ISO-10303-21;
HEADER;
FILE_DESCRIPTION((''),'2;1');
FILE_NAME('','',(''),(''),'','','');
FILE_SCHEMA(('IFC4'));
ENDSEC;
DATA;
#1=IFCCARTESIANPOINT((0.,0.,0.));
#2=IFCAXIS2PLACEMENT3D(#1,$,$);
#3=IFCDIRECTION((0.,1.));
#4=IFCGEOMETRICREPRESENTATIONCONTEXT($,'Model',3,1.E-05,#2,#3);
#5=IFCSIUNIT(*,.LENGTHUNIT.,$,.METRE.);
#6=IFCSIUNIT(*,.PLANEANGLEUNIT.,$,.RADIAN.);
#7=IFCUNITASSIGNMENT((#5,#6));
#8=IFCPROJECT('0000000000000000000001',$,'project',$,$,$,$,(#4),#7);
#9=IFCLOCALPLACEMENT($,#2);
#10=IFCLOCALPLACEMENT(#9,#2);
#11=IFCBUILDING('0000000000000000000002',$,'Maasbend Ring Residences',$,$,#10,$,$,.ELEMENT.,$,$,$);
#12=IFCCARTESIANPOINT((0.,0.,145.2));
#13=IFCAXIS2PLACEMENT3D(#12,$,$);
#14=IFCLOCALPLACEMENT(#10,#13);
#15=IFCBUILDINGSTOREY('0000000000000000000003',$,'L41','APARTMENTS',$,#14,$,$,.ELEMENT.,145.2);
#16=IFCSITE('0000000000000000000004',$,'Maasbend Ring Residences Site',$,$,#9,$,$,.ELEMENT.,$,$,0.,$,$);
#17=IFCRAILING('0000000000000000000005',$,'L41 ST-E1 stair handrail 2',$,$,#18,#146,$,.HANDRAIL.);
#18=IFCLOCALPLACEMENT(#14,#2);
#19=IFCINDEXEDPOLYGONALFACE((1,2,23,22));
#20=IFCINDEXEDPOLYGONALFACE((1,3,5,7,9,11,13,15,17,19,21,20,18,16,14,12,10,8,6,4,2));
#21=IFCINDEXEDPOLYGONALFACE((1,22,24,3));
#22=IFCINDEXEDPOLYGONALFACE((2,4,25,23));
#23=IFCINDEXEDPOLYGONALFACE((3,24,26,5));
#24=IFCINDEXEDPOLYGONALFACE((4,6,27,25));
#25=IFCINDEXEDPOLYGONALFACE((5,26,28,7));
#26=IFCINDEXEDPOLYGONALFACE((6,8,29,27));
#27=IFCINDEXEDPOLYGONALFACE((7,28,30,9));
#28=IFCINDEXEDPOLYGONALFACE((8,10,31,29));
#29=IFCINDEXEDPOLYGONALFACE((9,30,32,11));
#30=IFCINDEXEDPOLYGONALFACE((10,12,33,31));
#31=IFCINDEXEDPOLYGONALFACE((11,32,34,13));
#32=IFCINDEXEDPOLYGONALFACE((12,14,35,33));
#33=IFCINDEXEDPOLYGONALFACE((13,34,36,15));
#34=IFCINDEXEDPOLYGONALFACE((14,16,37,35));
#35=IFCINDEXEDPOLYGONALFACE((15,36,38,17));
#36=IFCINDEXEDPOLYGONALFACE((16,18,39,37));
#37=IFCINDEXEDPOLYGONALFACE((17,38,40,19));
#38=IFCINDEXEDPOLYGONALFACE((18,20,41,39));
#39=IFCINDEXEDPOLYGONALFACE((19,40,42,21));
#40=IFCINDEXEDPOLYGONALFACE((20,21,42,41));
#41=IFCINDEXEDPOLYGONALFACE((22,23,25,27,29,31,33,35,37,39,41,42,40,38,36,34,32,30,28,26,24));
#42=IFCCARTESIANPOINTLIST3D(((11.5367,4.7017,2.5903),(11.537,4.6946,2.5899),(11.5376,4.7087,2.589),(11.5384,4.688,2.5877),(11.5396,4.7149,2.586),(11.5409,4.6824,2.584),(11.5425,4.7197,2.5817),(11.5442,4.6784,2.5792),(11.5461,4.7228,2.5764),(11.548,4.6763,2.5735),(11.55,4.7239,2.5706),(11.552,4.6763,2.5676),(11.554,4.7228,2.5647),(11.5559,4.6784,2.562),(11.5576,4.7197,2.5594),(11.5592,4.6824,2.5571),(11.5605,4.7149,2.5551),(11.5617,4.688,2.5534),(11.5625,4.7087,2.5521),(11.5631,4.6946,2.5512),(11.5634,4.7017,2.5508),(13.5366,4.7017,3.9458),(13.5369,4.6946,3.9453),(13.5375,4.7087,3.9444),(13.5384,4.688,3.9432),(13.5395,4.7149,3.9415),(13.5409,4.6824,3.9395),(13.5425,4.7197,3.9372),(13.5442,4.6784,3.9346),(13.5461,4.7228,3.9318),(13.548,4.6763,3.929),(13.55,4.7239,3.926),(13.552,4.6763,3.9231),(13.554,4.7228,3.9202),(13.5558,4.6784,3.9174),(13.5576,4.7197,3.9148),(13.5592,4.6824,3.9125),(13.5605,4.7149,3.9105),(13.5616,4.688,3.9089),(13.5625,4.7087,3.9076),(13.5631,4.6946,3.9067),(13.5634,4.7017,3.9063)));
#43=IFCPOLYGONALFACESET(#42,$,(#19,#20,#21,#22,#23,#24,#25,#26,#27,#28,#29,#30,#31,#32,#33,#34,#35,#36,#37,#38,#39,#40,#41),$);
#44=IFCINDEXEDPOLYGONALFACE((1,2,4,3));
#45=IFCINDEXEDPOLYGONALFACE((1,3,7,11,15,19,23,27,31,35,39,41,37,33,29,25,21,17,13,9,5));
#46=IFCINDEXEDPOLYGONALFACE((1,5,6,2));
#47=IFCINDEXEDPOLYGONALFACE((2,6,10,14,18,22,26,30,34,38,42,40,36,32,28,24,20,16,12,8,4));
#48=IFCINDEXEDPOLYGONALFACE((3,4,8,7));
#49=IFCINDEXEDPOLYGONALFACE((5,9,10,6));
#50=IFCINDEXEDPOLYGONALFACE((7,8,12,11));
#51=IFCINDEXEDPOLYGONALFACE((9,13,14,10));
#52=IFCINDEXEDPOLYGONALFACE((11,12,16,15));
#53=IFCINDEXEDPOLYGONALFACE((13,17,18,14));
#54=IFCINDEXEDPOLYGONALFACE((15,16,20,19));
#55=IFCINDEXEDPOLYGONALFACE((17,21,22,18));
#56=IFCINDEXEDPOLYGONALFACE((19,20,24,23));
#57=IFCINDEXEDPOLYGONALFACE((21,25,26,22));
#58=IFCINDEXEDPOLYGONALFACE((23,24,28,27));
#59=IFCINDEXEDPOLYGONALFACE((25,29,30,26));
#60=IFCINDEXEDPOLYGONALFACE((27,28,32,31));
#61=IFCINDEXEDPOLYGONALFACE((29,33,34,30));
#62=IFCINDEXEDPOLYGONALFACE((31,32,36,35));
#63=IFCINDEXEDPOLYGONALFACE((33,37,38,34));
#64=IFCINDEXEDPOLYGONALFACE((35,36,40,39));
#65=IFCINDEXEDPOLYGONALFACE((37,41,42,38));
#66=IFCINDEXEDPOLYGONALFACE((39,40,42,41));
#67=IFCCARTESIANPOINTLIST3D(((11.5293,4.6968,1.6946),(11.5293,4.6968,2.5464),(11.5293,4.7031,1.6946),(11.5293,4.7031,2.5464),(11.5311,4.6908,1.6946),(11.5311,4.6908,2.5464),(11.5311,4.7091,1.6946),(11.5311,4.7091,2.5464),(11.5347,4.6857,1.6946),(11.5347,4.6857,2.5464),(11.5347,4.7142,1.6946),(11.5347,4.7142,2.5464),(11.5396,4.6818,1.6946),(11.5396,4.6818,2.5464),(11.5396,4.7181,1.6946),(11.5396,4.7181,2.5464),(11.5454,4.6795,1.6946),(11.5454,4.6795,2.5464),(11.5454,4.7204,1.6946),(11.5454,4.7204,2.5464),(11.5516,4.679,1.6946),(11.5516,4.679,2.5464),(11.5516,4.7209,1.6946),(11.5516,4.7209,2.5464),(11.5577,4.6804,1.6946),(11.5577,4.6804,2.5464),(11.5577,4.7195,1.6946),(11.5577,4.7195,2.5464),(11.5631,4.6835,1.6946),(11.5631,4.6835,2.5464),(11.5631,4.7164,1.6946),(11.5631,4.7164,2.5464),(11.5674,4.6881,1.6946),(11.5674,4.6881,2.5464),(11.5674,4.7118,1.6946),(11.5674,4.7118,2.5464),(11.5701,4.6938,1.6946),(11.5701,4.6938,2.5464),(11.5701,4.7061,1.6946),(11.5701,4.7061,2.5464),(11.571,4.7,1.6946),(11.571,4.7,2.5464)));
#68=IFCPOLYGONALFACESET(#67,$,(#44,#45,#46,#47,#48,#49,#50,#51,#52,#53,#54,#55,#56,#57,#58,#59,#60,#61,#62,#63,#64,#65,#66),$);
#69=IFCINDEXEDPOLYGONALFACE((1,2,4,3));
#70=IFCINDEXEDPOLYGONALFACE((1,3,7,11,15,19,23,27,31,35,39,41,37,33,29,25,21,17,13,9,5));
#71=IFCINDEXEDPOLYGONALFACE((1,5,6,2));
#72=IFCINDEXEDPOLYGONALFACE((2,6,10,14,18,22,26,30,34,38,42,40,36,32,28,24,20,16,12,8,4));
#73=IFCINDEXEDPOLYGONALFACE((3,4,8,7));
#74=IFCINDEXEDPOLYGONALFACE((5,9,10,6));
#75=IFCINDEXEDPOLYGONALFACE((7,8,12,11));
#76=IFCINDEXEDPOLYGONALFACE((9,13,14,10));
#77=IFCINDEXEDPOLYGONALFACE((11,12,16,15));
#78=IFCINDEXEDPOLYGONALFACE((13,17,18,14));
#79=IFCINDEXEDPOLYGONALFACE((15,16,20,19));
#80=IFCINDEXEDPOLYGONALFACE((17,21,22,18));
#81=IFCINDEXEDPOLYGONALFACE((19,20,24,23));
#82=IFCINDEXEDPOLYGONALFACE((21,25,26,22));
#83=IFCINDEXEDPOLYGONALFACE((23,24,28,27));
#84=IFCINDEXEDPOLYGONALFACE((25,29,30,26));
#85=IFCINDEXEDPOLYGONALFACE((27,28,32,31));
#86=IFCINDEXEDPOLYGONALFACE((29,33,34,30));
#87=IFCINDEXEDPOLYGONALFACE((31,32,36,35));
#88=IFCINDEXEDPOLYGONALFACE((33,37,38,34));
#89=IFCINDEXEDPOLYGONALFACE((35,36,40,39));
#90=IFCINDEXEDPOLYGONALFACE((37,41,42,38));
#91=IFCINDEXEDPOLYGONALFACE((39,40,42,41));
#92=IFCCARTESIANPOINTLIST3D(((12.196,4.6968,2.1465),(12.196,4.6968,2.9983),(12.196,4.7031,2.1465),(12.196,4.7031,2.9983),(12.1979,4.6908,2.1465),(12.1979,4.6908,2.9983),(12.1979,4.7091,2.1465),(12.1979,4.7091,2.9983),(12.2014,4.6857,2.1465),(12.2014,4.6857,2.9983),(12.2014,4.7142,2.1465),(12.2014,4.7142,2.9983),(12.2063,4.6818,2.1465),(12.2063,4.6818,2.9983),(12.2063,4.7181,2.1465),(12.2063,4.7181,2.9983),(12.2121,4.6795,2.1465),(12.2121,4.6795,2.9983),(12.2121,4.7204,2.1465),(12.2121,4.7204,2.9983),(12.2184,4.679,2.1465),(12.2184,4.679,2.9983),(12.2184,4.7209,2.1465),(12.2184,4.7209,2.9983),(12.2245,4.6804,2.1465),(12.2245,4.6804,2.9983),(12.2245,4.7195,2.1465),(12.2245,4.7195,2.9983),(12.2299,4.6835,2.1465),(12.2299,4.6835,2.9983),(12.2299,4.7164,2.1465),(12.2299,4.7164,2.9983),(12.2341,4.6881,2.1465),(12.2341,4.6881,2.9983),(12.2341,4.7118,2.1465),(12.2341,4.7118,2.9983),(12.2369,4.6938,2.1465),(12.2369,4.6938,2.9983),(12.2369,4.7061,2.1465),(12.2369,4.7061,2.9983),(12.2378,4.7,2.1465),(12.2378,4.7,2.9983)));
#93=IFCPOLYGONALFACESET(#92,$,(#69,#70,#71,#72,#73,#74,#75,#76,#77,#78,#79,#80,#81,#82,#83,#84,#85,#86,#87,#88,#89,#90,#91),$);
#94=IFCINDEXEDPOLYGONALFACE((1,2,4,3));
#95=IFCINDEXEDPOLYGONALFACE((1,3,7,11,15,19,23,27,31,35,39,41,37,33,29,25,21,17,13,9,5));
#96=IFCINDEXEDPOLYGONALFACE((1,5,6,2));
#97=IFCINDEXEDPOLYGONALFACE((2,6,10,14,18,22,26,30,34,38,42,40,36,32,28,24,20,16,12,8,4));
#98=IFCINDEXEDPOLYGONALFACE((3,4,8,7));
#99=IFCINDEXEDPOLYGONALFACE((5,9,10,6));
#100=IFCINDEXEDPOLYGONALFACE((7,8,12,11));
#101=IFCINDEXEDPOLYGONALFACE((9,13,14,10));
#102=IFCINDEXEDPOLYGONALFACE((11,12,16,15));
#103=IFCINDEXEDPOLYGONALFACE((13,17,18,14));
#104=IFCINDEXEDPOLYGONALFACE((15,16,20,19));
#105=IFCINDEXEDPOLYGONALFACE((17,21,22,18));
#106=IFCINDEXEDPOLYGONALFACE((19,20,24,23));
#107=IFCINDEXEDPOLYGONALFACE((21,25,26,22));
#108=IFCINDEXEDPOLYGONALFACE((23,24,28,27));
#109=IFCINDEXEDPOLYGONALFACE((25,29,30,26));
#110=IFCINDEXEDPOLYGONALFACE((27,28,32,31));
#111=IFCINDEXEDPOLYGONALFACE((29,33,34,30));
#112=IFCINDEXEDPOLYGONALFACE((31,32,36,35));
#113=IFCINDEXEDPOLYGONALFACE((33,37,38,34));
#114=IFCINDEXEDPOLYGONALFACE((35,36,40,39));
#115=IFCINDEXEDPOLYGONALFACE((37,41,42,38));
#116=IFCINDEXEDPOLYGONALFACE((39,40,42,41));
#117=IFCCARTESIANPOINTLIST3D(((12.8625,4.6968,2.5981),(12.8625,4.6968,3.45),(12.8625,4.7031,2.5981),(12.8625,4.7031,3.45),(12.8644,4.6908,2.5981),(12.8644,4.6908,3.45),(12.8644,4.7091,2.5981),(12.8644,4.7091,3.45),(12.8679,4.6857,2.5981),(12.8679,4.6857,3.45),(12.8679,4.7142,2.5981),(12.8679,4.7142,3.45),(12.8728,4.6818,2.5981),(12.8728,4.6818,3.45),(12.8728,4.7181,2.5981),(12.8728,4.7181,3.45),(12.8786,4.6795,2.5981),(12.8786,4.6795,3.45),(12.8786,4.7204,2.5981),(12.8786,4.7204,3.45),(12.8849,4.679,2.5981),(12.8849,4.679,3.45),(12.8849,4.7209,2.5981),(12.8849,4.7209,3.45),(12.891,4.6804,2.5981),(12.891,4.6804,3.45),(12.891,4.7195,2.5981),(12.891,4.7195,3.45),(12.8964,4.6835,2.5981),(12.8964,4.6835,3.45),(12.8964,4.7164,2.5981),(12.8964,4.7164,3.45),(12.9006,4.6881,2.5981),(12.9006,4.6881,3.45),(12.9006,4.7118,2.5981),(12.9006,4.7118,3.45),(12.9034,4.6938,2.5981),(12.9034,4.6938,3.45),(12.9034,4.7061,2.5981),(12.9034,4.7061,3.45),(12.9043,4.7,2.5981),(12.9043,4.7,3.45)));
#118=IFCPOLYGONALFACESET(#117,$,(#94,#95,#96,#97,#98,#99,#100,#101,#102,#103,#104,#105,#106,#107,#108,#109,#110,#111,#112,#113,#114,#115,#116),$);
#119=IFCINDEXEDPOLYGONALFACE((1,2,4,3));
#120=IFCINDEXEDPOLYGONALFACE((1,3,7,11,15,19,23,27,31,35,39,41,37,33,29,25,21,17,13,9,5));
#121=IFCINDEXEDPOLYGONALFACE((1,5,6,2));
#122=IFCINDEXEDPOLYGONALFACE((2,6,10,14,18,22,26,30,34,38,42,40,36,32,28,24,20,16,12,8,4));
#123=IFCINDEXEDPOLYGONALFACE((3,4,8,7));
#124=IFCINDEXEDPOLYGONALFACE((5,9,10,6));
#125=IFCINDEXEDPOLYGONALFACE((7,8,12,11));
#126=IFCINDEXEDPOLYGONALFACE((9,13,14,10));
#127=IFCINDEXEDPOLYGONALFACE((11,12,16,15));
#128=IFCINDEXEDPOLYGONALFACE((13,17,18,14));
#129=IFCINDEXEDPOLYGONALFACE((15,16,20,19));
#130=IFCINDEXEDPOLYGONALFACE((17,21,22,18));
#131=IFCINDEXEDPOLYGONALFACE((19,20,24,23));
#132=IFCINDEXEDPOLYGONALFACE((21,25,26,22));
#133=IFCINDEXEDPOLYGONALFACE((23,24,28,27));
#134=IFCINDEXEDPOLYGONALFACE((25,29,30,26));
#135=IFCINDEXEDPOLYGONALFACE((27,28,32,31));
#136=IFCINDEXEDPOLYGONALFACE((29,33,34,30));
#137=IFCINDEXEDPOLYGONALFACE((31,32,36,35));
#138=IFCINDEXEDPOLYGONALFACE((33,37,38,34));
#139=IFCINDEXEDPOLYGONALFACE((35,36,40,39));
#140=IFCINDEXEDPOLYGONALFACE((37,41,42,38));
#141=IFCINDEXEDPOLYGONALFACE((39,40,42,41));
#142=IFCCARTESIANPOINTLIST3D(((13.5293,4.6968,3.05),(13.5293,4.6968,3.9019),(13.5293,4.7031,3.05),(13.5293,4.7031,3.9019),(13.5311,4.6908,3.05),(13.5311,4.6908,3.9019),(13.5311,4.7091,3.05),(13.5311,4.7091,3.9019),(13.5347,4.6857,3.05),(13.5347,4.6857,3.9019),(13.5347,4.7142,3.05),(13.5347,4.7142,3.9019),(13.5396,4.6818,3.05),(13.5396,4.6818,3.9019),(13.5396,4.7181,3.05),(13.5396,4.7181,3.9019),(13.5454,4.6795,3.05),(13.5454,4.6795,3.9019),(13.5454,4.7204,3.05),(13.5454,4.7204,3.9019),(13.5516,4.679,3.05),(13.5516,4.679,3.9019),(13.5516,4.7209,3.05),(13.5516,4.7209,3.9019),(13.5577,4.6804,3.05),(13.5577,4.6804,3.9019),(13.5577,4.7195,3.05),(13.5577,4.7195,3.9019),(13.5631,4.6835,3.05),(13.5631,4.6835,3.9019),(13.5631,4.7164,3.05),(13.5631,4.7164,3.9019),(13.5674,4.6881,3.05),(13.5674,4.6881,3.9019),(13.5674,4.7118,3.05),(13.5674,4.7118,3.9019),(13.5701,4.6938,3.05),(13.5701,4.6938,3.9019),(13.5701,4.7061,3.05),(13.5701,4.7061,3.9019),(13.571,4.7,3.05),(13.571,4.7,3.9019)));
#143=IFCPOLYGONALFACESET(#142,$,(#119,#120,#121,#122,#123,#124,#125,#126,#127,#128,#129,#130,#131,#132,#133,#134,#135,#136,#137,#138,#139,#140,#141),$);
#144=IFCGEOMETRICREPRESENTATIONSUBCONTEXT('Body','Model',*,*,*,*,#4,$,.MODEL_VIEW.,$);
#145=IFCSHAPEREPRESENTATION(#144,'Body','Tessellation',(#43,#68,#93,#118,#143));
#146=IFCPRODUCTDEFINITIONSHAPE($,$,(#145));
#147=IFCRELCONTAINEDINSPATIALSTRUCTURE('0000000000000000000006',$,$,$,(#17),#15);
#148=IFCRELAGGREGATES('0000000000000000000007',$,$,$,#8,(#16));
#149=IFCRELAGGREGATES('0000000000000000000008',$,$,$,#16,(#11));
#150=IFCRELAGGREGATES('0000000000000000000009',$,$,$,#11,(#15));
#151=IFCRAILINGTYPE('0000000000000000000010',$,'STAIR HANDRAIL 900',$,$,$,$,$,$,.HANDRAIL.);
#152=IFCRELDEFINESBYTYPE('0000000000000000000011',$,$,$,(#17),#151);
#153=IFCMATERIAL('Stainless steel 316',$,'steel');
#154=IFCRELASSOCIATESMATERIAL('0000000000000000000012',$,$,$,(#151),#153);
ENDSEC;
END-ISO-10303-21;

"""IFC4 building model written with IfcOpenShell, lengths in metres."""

from ifc_helpers import new_model, si_unit, direction, frame, origin, origin_2d, place, context, subcontext, project, spatial, circle, extrude, material, type_object, element, save


model = new_model("IFC4")

# Units and contexts
model_context = context("Model", 3, precision=1e-05, world=origin(), true_north=direction((0.0, 1.0)))
body_context = subcontext(model_context, "Body", "Model", "MODEL_VIEW")
ifc_project = project(units=[si_unit("LENGTHUNIT", "METRE"), si_unit("PLANEANGLEUNIT", "RADIAN")], contexts=[model_context])

# Site, building, storey
site_placement = place(None, origin())
site = spatial("IfcSite", under=ifc_project, at=site_placement, Name="Maasbend Ring Residences Site", CompositionType="ELEMENT", RefElevation=0.0)
building_placement = place(site_placement, origin())
building = spatial("IfcBuilding", under=site, at=building_placement, Name="Maasbend Ring Residences", CompositionType="ELEMENT")
storey_placement = place(building_placement, frame((0.0, 0.0, 145.2)))
storey = spatial("IfcBuildingStorey", under=building, at=storey_placement, Name="L41", Description="APARTMENTS", CompositionType="ELEMENT", Elevation=145.2)

# Railing
ifc_material_1 = material(Name="Stainless steel 316", Category="steel")
railing_type_1 = type_object("IfcRailingType", Name="STAIR HANDRAIL 900", PredefinedType="HANDRAIL", material=ifc_material_1)
railing_1_placement = place(storey_placement, frame((11.55, 4.7, 1.6946)))
element("IfcRailing", 1, at=railing_1_placement, inside=storey, type_object=railing_type_1, Name="L41 ST-E1 stair handrail 2", PredefinedType="HANDRAIL", context=body_context, shape_type="SweptSolid", body=[
    extrude(circle(Radius=0.0239, at=origin_2d()), frame((0.0, 0.0, 0.876), z_axis=(0.827798, 0.0, 0.561027), x_axis=(0.0, 1.0, 0.0)), (0.0, 0.0, 1.0), 2.416),
    extrude(circle(Radius=0.021, at=origin_2d()), origin(), (0.0, 0.0, 1.0), 0.8518),
    extrude(circle(Radius=0.021, at=origin_2d()), frame((0.6667, 0.0, 0.4519)), (0.0, 0.0, 1.0), 0.8518),
    extrude(circle(Radius=0.021, at=origin_2d()), frame((1.3333, 0.0, 0.9036)), (0.0, 0.0, 1.0), 0.8518),
    extrude(circle(Radius=0.021, at=origin_2d()), frame((2.0, 0.0, 1.3555)), (0.0, 0.0, 1.0), 0.8518),
])

save(model, "model.ifc")
